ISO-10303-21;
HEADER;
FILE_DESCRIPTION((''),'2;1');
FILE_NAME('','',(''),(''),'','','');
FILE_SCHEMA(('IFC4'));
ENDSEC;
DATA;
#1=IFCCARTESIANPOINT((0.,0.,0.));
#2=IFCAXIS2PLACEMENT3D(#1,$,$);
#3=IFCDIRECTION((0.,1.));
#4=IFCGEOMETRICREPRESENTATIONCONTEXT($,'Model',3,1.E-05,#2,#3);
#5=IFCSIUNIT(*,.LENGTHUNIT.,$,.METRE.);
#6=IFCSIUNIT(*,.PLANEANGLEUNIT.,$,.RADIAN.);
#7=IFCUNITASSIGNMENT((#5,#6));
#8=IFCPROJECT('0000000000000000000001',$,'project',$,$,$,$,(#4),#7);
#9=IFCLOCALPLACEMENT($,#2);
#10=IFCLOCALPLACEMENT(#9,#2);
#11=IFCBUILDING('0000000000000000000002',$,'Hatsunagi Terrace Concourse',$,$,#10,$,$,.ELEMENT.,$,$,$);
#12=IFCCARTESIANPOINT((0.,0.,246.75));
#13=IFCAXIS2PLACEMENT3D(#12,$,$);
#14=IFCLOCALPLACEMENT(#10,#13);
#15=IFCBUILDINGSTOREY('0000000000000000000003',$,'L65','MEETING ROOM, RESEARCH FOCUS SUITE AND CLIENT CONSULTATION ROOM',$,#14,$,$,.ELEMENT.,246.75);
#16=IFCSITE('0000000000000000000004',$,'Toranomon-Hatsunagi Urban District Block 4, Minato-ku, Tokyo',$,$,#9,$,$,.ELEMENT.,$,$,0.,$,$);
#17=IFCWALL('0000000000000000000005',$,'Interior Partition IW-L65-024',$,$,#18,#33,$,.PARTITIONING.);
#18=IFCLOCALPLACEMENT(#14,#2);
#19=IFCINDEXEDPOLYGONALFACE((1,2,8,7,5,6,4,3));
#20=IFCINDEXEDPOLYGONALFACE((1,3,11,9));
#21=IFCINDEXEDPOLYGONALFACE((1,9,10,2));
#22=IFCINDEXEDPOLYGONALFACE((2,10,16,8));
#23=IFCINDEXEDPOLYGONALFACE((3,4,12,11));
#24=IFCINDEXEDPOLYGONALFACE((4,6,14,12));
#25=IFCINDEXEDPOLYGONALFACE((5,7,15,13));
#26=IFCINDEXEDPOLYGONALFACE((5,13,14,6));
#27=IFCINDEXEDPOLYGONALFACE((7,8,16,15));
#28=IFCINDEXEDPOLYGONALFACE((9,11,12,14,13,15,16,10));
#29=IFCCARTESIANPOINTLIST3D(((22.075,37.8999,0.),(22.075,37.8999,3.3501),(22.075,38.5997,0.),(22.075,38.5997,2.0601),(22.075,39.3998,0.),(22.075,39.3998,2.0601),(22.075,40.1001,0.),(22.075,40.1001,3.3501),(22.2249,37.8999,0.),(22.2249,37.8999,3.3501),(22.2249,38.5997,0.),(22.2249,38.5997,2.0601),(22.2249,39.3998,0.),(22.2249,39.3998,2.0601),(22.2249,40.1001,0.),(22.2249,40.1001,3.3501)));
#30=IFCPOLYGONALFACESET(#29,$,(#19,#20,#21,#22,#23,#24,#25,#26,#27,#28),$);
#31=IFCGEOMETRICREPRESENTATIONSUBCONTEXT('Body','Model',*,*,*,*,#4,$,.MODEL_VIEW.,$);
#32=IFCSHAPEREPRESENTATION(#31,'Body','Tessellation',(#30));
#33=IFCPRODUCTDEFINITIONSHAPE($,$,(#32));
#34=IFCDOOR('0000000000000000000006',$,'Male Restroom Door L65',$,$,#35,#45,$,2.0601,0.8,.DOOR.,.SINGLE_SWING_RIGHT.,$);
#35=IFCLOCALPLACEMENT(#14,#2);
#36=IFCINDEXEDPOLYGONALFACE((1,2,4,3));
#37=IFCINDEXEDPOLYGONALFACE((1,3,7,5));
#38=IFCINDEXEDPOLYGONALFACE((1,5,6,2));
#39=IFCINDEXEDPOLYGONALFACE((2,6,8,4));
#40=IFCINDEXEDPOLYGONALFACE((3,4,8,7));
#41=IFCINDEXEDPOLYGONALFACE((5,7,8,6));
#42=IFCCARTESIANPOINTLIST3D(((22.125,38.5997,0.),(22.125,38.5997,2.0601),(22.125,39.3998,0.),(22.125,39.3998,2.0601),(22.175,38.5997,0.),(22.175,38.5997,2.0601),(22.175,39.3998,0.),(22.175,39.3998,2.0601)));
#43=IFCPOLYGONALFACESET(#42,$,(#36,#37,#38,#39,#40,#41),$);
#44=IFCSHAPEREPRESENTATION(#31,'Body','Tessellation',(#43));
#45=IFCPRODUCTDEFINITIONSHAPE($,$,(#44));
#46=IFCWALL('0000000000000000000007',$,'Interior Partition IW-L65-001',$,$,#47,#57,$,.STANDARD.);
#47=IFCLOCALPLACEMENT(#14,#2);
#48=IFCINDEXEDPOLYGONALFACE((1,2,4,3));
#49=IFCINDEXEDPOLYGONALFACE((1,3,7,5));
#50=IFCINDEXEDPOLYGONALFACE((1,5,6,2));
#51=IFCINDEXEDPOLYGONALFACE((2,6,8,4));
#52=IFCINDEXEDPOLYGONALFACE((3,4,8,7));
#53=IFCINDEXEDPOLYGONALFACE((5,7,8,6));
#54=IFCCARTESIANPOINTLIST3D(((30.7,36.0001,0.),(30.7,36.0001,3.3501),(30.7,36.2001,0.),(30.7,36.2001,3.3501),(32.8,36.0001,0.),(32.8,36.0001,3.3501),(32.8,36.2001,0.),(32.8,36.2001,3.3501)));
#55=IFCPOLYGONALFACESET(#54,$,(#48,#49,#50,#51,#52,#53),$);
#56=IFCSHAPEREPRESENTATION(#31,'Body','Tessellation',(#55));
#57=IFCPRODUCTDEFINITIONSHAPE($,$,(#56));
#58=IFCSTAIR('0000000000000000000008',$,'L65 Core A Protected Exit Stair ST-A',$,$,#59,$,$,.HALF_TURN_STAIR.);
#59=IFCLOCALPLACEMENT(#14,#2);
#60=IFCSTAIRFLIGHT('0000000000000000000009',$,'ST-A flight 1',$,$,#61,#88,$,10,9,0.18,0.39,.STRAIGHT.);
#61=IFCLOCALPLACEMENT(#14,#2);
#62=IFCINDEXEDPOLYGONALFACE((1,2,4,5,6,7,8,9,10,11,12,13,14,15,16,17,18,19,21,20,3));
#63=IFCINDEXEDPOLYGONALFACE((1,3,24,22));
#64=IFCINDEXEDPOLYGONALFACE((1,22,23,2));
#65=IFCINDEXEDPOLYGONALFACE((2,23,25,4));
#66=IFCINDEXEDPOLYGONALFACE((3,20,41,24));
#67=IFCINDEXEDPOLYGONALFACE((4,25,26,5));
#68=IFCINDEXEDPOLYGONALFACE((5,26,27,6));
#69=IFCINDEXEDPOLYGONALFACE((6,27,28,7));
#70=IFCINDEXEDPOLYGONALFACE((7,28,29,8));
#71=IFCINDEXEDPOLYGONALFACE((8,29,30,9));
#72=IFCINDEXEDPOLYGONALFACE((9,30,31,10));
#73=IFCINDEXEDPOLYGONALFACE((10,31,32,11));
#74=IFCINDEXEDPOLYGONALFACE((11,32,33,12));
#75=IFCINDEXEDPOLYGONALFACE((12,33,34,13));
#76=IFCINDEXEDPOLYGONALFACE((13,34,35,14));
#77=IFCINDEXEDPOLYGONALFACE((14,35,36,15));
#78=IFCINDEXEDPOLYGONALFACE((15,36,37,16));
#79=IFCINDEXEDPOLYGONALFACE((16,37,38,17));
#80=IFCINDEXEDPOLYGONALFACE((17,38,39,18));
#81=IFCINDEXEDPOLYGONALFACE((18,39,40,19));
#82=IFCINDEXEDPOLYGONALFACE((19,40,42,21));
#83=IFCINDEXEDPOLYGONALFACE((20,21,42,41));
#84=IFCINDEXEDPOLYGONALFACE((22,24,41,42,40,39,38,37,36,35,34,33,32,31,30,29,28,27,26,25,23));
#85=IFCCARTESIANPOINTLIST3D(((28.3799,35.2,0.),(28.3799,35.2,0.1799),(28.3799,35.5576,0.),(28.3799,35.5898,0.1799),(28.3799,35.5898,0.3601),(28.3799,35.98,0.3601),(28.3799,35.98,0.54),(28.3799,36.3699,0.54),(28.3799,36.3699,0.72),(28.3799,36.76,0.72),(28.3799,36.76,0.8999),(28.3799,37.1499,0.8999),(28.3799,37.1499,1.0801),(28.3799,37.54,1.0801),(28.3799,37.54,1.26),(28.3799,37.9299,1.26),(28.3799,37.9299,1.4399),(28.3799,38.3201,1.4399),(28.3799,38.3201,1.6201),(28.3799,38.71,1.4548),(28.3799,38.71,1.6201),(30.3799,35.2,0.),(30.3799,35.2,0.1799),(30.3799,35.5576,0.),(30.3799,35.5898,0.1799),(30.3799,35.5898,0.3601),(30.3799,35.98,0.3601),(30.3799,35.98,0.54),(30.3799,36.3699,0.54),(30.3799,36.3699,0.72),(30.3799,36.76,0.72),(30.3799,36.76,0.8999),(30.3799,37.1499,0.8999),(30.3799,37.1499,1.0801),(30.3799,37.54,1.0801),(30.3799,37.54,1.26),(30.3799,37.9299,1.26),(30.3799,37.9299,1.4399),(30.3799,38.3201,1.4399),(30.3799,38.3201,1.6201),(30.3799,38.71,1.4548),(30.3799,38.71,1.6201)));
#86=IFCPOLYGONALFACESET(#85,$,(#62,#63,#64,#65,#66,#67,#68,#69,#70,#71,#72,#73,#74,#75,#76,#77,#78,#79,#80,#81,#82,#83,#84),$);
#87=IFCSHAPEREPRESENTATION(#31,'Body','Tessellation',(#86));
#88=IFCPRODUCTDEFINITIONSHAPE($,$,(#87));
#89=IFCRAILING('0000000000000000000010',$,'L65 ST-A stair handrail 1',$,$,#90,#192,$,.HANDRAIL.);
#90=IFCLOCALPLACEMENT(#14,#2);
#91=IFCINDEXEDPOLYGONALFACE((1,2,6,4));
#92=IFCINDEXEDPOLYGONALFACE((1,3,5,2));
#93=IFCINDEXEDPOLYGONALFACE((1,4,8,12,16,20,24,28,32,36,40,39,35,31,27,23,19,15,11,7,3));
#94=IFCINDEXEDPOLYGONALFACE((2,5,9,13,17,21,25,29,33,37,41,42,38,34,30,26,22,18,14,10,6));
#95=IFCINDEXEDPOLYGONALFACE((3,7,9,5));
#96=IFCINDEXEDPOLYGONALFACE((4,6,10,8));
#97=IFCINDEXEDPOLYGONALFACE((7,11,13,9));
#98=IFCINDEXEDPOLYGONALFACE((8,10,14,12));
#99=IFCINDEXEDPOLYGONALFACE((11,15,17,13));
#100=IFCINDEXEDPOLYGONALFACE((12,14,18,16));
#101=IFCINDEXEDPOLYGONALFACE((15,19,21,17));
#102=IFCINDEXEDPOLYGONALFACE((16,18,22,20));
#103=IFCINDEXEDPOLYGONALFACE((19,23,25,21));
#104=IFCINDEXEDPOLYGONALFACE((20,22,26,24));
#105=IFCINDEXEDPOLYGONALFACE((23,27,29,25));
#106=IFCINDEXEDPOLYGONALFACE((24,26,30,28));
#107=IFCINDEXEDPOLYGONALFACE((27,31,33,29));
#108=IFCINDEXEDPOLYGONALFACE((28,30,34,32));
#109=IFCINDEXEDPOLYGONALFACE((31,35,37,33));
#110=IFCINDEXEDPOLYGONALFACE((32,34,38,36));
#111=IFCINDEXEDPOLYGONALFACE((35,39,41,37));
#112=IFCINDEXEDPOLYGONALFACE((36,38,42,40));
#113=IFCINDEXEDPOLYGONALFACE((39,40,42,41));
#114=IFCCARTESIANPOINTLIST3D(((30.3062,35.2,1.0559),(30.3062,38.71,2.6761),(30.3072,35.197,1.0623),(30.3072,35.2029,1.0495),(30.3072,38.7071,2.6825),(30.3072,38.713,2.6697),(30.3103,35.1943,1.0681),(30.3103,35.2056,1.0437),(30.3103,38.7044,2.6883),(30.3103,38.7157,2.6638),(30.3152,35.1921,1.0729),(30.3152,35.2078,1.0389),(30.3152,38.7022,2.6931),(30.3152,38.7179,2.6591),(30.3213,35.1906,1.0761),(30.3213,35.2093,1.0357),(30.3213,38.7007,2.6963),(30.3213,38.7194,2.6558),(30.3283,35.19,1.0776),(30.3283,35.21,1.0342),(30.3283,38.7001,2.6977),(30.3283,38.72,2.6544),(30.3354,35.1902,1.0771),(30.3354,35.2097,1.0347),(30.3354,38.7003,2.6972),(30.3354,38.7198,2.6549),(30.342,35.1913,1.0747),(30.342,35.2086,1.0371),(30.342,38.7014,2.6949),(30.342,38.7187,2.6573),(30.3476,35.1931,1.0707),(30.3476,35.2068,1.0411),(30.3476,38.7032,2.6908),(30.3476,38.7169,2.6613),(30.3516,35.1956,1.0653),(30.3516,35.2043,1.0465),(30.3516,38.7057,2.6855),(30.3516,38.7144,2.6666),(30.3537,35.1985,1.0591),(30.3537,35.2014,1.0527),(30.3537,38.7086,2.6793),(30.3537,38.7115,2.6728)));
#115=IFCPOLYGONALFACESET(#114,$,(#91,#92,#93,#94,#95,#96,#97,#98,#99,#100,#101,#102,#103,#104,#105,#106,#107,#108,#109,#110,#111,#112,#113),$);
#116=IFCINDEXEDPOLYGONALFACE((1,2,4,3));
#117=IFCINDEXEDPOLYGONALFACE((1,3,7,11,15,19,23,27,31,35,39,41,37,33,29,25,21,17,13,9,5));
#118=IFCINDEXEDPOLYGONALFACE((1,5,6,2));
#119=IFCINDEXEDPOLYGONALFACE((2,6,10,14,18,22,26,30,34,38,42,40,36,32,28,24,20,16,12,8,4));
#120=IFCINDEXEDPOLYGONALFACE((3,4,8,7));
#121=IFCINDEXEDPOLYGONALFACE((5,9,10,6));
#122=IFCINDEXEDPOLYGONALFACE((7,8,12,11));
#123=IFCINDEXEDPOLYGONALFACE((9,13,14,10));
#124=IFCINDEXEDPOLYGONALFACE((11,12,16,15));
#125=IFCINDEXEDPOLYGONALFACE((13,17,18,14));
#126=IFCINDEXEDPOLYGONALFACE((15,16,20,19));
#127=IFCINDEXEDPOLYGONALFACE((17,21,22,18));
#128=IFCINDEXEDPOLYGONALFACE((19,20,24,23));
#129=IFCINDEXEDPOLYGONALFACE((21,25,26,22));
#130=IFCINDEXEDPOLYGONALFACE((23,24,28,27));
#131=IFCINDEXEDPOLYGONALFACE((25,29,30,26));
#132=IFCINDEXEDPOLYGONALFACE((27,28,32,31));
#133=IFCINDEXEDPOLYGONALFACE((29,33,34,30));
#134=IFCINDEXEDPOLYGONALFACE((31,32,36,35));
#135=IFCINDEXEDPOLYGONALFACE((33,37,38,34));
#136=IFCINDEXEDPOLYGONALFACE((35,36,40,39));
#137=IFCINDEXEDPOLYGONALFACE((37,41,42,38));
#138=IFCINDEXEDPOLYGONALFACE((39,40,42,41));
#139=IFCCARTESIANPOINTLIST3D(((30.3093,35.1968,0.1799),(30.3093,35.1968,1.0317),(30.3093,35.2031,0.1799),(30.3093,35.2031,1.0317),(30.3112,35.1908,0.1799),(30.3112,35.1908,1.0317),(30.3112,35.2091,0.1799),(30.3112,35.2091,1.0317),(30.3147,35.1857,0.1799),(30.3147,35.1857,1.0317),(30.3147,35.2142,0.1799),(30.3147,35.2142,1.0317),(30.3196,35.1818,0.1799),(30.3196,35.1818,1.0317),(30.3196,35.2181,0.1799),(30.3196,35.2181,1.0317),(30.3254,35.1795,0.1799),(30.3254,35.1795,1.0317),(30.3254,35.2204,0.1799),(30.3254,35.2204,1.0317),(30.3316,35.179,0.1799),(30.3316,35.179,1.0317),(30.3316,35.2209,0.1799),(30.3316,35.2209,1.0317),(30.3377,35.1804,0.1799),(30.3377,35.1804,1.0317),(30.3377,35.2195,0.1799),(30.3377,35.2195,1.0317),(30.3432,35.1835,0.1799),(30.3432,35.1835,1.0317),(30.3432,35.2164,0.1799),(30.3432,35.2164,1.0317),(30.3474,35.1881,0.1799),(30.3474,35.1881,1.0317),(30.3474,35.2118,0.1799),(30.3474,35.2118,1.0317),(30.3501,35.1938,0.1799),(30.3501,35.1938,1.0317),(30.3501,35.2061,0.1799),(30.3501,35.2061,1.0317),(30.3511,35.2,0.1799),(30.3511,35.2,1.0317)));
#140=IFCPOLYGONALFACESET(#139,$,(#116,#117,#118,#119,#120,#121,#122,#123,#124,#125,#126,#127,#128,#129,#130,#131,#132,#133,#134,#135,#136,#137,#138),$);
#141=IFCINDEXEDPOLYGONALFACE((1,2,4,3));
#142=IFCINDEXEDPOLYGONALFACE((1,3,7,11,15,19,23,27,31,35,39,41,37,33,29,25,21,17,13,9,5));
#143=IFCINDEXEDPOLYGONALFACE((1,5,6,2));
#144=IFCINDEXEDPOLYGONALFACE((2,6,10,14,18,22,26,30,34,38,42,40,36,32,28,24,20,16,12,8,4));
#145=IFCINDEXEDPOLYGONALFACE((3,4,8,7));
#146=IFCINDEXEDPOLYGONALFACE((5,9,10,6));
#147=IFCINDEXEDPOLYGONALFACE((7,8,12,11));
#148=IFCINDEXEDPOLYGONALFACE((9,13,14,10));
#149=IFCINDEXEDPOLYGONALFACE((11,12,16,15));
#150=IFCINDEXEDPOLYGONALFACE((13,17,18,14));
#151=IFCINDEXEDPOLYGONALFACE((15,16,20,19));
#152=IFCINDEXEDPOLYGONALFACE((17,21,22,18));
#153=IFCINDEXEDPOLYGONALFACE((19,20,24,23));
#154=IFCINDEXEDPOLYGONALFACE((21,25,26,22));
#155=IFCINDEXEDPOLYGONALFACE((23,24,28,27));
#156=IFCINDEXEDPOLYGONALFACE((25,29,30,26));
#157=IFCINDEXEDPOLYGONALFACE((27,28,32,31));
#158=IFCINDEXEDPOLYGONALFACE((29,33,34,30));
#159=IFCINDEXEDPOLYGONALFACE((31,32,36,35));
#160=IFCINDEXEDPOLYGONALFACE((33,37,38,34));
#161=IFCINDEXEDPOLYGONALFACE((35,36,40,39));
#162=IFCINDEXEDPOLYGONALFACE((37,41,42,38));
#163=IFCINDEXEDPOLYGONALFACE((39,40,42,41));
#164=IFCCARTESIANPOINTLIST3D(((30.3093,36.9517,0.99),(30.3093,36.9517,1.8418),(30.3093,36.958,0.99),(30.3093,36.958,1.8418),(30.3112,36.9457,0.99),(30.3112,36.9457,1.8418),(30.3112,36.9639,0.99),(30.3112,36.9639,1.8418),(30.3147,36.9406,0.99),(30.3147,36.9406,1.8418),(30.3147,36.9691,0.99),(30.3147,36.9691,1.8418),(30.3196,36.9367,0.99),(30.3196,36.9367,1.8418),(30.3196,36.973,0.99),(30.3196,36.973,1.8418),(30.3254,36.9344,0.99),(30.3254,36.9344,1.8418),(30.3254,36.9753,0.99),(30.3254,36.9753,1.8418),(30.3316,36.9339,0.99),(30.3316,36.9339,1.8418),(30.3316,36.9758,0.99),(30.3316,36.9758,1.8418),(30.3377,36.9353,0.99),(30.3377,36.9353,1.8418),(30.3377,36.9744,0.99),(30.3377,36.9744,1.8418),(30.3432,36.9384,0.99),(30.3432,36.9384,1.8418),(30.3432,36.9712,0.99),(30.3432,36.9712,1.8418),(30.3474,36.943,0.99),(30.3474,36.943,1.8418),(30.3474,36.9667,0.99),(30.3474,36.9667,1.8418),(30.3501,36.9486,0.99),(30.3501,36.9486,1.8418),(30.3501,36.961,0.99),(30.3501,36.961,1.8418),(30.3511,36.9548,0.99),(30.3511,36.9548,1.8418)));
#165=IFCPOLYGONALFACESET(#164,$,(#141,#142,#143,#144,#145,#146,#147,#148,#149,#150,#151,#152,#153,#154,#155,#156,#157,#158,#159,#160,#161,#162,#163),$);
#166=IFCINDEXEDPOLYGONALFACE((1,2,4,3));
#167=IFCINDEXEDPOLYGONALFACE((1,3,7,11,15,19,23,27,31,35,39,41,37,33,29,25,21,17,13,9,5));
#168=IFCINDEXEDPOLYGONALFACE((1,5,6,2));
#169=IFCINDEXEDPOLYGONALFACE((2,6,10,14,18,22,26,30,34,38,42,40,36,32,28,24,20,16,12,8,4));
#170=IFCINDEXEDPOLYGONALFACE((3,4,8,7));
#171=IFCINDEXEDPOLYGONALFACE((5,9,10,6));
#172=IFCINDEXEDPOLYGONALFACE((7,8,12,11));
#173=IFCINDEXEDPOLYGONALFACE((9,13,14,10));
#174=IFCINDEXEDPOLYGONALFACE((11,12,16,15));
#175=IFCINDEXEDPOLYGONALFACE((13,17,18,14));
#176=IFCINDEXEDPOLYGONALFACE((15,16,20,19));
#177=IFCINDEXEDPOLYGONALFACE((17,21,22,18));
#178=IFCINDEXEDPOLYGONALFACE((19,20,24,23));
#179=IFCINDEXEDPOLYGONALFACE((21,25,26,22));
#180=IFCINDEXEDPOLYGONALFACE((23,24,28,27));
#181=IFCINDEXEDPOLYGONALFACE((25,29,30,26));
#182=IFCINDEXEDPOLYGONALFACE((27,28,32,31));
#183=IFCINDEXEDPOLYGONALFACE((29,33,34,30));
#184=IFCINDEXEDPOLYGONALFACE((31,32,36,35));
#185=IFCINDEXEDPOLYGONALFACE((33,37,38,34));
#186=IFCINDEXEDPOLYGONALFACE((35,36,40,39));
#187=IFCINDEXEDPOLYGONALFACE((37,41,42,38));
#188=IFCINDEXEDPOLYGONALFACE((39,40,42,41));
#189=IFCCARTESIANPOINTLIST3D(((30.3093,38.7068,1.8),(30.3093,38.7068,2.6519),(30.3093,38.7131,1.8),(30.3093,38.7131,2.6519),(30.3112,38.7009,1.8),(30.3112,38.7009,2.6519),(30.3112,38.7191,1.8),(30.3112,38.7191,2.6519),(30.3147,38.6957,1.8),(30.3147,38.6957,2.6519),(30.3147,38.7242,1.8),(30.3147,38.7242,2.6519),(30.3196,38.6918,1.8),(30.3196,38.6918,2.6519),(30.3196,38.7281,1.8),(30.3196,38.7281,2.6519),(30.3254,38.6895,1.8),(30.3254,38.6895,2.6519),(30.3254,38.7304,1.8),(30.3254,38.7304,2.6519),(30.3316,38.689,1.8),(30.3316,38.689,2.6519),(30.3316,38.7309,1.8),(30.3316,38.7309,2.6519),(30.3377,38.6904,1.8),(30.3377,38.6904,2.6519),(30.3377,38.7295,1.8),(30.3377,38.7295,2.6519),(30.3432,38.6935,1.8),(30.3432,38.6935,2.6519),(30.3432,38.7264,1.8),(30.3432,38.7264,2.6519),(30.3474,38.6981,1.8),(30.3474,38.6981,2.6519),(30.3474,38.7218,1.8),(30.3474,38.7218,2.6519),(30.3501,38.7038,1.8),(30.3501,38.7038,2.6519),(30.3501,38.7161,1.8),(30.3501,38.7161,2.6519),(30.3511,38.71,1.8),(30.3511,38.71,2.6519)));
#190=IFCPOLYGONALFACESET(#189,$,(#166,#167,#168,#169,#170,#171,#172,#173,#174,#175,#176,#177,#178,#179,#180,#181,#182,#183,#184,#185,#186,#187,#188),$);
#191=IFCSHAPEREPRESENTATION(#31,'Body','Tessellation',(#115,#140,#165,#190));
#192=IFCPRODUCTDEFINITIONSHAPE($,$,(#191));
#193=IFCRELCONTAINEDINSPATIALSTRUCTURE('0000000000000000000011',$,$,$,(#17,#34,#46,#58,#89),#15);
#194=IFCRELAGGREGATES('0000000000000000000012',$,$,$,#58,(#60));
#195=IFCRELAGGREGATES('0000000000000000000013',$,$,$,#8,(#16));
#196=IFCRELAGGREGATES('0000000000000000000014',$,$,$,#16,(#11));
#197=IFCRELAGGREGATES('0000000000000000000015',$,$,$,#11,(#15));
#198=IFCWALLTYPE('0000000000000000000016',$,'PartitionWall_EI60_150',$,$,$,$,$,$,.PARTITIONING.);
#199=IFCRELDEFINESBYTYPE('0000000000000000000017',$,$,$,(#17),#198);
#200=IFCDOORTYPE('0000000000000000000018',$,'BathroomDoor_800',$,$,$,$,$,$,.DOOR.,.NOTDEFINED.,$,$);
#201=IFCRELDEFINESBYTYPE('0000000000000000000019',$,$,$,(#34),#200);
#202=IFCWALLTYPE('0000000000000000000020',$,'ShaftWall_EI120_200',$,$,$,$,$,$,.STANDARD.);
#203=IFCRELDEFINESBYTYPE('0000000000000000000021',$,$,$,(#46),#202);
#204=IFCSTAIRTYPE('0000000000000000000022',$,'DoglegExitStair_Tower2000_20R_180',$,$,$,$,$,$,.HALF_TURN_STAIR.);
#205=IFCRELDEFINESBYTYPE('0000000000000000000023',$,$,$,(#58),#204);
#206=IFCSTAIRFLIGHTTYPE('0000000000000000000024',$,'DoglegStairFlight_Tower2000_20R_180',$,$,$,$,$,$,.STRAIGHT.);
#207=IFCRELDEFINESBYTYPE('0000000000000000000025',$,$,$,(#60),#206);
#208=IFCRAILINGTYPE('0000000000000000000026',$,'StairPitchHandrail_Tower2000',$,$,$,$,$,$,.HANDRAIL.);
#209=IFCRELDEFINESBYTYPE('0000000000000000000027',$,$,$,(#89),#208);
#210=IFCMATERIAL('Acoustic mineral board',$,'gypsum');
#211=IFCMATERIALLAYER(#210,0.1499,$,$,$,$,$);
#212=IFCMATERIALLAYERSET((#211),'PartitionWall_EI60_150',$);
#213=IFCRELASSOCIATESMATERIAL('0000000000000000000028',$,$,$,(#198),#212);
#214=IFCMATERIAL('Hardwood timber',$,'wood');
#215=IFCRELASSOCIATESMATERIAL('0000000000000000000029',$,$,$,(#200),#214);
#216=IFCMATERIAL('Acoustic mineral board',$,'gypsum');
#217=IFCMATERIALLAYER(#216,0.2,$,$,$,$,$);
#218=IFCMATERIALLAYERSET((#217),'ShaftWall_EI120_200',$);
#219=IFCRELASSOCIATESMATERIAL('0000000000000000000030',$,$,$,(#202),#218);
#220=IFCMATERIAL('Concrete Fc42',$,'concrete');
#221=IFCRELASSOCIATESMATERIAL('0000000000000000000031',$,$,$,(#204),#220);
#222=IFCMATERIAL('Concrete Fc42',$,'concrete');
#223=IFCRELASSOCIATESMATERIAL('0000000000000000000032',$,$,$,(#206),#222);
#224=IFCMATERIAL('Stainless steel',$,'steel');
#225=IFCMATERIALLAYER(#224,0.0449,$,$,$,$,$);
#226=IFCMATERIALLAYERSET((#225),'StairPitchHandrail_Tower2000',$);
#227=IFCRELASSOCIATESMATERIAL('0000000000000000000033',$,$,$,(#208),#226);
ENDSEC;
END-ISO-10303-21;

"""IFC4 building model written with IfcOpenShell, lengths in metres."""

from ifc_helpers import new_model, si_unit, direction, frame, frame_2d, origin, origin_2d, place, context, subcontext, project, spatial, polyline, rectangle, circle, outline, extrude, material, layer, layer_set, type_object, element, fill, aggregate, save


model = new_model("IFC4")

# Units and contexts
model_context = context("Model", 3, precision=1e-05, world=origin(), true_north=direction((0.0, 1.0)))
body_context = subcontext(model_context, "Body", "Model", "MODEL_VIEW")
ifc_project = project(units=[si_unit("LENGTHUNIT", "METRE"), si_unit("PLANEANGLEUNIT", "RADIAN")], contexts=[model_context])

# Site, building, storey
site_placement = place(None, origin())
site = spatial("IfcSite", under=ifc_project, at=site_placement, Name="Toranomon-Hatsunagi Urban District Block 4, Minato-ku, Tokyo", CompositionType="ELEMENT", RefElevation=0.0)
building_placement = place(site_placement, origin())
building = spatial("IfcBuilding", under=site, at=building_placement, Name="Hatsunagi Terrace Concourse", CompositionType="ELEMENT")
storey_placement = place(building_placement, frame((0.0, 0.0, 246.75)))
storey = spatial("IfcBuildingStorey", under=building, at=storey_placement, Name="L65", Description="MEETING ROOM, RESEARCH FOCUS SUITE AND CLIENT CONSULTATION ROOM", CompositionType="ELEMENT", Elevation=246.75)

# Shared definitions
ifc_material_1 = material(Name="Acoustic mineral board", Category="gypsum")
ifc_layer_1 = layer(ifc_material_1, 0.1499)
ifc_layer_set_1 = layer_set([ifc_layer_1], Name="PartitionWall_EI60_150")
wall_type_1 = type_object("IfcWallType", Name="PartitionWall_EI60_150", PredefinedType="PARTITIONING", material=ifc_layer_set_1)

# Wall, opening, door
ifc_material_2 = material(Name="Hardwood timber", Category="wood")
door_type_1 = type_object("IfcDoorType", Name="BathroomDoor_800", OperationType="NOTDEFINED", PredefinedType="DOOR", material=ifc_material_2)
wall_1_placement = place(storey_placement, frame((22.1499, 37.8999, 0.0), z_axis=(0.0, 0.0, 1.0), x_axis=(0.0, 1.0, 0.0)))
wall_1 = element("IfcWall", 1, at=wall_1_placement, inside=storey, type_object=wall_type_1, Name="Interior Partition IW-L65-024", PredefinedType="PARTITIONING", context=body_context, shape_type="SweptSolid", body=[
    extrude(rectangle(XDim=2.2002, YDim=0.1499, at=frame_2d((1.1001, 0.0))), origin(), (0.0, 0.0, 1.0), 3.3501),
])
opening_1_placement = place(wall_1_placement, frame((0.7, 0.0, 0.0)))
opening_1 = element("IfcOpeningElement", 2, at=opening_1_placement, cuts=wall_1, PredefinedType="OPENING", context=body_context, shape_type="SweptSolid", body=[
    extrude(rectangle(XDim=0.8, YDim=2.0601, at=frame_2d((0.3999, 1.03))), frame((0.0, 0.085, 0.0), z_axis=(0.0, -1.0, 0.0), x_axis=(1.0, 0.0, 0.0)), (0.0, 0.0, 1.0), 0.1699),
])
door_1_placement = place(opening_1_placement, origin())
door_1 = element("IfcDoor", 3, at=door_1_placement, inside=storey, type_object=door_type_1, Name="Male Restroom Door L65", OperationType="SINGLE_SWING_RIGHT", OverallHeight=2.0601, OverallWidth=0.8, PredefinedType="DOOR", context=body_context, shape_type="SweptSolid", body=[
    extrude(rectangle(XDim=0.8, YDim=2.0601, at=frame_2d((0.3999, 1.03))), frame((0.0, 0.0249, 0.0), z_axis=(0.0, -1.0, 0.0), x_axis=(1.0, 0.0, 0.0)), (0.0, 0.0, 1.0), 0.05),
])
fill(opening_1, door_1)

# Wall
ifc_material_3 = material(Name="Acoustic mineral board", Category="gypsum")
ifc_layer_2 = layer(ifc_material_3, 0.2)
ifc_layer_set_2 = layer_set([ifc_layer_2], Name="ShaftWall_EI120_200")
wall_type_2 = type_object("IfcWallType", Name="ShaftWall_EI120_200", PredefinedType="STANDARD", material=ifc_layer_set_2)
wall_2_placement = place(storey_placement, frame((30.7, 36.1001, 0.0), z_axis=(0.0, 0.0, 1.0), x_axis=(1.0, 0.0, 0.0)))
element("IfcWall", 4, at=wall_2_placement, inside=storey, type_object=wall_type_2, Name="Interior Partition IW-L65-001", PredefinedType="STANDARD", context=body_context, shape_type="SweptSolid", body=[
    extrude(rectangle(XDim=2.1001, YDim=0.2, at=frame_2d((1.05, 0.0))), origin(), (0.0, 0.0, 1.0), 3.3501),
])

# Stair, stair flight
ifc_material_4 = material(Name="Concrete Fc42", Category="concrete")
stair_type = type_object("IfcStairType", Name="DoglegExitStair_Tower2000_20R_180", PredefinedType="HALF_TURN_STAIR", material=ifc_material_4)
stair_placement = place(storey_placement, origin())
stair = element("IfcStair", 5, at=stair_placement, inside=storey, type_object=stair_type, Name="L65 Core A Protected Exit Stair ST-A", PredefinedType="HALF_TURN_STAIR")
ifc_material_5 = material(Name="Concrete Fc42", Category="concrete")
stair_flight_type = type_object("IfcStairFlightType", Name="DoglegStairFlight_Tower2000_20R_180", PredefinedType="STRAIGHT", material=ifc_material_5)
stair_flight_placement = place(storey_placement, frame((29.3799, 35.2, 0.0), z_axis=(0.0, 0.0, 1.0), x_axis=(0.0, 1.0, 0.0)))
stair_flight = element("IfcStairFlight", 6, at=stair_flight_placement, type_object=stair_flight_type, Name="ST-A flight 1", NumberOfRisers=10, NumberOfTreads=9, PredefinedType="STRAIGHT", RiserHeight=0.18, TreadLength=0.39, context=body_context, shape_type="SweptSolid", body=[
    extrude(outline(polyline([(0.0, 0.0), (0.0, 0.1799), (0.3899, 0.1799), (0.3899, 0.3601), (0.78, 0.3601), (0.78, 0.54), (1.1699, 0.54), (1.1699, 0.72), (1.5601, 0.72), (1.5601, 0.8999), (1.95, 0.8999), (1.95, 1.0801), (2.3401, 1.0801), (2.3401, 1.26), (2.73, 1.26), (2.73, 1.4399), (3.1201, 1.4399), (3.1201, 1.6201), (3.51, 1.6201), (3.51, 1.8), (3.51, 1.4548), (0.3577, 0.0), (0.0, 0.0)])), frame((0.0, 1.0, 0.0), z_axis=(0.0, -1.0, 0.0), x_axis=(1.0, 0.0, 0.0)), (0.0, 0.0, 1.0), 2.0),
])
aggregate(stair, [stair_flight])

# Railing
ifc_material_6 = material(Name="Stainless steel", Category="steel")
ifc_layer_3 = layer(ifc_material_6, 0.0449)
ifc_layer_set_3 = layer_set([ifc_layer_3], Name="StairPitchHandrail_Tower2000")
railing_type_1 = type_object("IfcRailingType", Name="StairPitchHandrail_Tower2000", PredefinedType="HANDRAIL", material=ifc_layer_set_3)
railing_1_placement = place(storey_placement, frame((30.3301, 35.2, 0.1799)))
element("IfcRailing", 7, at=railing_1_placement, inside=storey, type_object=railing_type_1, Name="L65 ST-A stair handrail 1", PredefinedType="HANDRAIL", context=body_context, shape_type="SweptSolid", body=[
    extrude(circle(Radius=0.0239, at=origin_2d()), frame((0.0, 0.0, 0.876), z_axis=(0.0, 0.907948, 0.419082), x_axis=(-1.0, 0.0, 0.0)), (0.0, 0.0, 1.0), 3.866),
    extrude(circle(Radius=0.021, at=origin_2d()), origin(), (0.0, 0.0, 1.0), 0.8518),
    extrude(circle(Radius=0.021, at=origin_2d()), frame((0.0, 1.7549, 0.8101)), (0.0, 0.0, 1.0), 0.8518),
    extrude(circle(Radius=0.021, at=origin_2d()), frame((0.0, 3.51, 1.6201)), (0.0, 0.0, 1.0), 0.8518),
])

save(model, "model.ifc")
